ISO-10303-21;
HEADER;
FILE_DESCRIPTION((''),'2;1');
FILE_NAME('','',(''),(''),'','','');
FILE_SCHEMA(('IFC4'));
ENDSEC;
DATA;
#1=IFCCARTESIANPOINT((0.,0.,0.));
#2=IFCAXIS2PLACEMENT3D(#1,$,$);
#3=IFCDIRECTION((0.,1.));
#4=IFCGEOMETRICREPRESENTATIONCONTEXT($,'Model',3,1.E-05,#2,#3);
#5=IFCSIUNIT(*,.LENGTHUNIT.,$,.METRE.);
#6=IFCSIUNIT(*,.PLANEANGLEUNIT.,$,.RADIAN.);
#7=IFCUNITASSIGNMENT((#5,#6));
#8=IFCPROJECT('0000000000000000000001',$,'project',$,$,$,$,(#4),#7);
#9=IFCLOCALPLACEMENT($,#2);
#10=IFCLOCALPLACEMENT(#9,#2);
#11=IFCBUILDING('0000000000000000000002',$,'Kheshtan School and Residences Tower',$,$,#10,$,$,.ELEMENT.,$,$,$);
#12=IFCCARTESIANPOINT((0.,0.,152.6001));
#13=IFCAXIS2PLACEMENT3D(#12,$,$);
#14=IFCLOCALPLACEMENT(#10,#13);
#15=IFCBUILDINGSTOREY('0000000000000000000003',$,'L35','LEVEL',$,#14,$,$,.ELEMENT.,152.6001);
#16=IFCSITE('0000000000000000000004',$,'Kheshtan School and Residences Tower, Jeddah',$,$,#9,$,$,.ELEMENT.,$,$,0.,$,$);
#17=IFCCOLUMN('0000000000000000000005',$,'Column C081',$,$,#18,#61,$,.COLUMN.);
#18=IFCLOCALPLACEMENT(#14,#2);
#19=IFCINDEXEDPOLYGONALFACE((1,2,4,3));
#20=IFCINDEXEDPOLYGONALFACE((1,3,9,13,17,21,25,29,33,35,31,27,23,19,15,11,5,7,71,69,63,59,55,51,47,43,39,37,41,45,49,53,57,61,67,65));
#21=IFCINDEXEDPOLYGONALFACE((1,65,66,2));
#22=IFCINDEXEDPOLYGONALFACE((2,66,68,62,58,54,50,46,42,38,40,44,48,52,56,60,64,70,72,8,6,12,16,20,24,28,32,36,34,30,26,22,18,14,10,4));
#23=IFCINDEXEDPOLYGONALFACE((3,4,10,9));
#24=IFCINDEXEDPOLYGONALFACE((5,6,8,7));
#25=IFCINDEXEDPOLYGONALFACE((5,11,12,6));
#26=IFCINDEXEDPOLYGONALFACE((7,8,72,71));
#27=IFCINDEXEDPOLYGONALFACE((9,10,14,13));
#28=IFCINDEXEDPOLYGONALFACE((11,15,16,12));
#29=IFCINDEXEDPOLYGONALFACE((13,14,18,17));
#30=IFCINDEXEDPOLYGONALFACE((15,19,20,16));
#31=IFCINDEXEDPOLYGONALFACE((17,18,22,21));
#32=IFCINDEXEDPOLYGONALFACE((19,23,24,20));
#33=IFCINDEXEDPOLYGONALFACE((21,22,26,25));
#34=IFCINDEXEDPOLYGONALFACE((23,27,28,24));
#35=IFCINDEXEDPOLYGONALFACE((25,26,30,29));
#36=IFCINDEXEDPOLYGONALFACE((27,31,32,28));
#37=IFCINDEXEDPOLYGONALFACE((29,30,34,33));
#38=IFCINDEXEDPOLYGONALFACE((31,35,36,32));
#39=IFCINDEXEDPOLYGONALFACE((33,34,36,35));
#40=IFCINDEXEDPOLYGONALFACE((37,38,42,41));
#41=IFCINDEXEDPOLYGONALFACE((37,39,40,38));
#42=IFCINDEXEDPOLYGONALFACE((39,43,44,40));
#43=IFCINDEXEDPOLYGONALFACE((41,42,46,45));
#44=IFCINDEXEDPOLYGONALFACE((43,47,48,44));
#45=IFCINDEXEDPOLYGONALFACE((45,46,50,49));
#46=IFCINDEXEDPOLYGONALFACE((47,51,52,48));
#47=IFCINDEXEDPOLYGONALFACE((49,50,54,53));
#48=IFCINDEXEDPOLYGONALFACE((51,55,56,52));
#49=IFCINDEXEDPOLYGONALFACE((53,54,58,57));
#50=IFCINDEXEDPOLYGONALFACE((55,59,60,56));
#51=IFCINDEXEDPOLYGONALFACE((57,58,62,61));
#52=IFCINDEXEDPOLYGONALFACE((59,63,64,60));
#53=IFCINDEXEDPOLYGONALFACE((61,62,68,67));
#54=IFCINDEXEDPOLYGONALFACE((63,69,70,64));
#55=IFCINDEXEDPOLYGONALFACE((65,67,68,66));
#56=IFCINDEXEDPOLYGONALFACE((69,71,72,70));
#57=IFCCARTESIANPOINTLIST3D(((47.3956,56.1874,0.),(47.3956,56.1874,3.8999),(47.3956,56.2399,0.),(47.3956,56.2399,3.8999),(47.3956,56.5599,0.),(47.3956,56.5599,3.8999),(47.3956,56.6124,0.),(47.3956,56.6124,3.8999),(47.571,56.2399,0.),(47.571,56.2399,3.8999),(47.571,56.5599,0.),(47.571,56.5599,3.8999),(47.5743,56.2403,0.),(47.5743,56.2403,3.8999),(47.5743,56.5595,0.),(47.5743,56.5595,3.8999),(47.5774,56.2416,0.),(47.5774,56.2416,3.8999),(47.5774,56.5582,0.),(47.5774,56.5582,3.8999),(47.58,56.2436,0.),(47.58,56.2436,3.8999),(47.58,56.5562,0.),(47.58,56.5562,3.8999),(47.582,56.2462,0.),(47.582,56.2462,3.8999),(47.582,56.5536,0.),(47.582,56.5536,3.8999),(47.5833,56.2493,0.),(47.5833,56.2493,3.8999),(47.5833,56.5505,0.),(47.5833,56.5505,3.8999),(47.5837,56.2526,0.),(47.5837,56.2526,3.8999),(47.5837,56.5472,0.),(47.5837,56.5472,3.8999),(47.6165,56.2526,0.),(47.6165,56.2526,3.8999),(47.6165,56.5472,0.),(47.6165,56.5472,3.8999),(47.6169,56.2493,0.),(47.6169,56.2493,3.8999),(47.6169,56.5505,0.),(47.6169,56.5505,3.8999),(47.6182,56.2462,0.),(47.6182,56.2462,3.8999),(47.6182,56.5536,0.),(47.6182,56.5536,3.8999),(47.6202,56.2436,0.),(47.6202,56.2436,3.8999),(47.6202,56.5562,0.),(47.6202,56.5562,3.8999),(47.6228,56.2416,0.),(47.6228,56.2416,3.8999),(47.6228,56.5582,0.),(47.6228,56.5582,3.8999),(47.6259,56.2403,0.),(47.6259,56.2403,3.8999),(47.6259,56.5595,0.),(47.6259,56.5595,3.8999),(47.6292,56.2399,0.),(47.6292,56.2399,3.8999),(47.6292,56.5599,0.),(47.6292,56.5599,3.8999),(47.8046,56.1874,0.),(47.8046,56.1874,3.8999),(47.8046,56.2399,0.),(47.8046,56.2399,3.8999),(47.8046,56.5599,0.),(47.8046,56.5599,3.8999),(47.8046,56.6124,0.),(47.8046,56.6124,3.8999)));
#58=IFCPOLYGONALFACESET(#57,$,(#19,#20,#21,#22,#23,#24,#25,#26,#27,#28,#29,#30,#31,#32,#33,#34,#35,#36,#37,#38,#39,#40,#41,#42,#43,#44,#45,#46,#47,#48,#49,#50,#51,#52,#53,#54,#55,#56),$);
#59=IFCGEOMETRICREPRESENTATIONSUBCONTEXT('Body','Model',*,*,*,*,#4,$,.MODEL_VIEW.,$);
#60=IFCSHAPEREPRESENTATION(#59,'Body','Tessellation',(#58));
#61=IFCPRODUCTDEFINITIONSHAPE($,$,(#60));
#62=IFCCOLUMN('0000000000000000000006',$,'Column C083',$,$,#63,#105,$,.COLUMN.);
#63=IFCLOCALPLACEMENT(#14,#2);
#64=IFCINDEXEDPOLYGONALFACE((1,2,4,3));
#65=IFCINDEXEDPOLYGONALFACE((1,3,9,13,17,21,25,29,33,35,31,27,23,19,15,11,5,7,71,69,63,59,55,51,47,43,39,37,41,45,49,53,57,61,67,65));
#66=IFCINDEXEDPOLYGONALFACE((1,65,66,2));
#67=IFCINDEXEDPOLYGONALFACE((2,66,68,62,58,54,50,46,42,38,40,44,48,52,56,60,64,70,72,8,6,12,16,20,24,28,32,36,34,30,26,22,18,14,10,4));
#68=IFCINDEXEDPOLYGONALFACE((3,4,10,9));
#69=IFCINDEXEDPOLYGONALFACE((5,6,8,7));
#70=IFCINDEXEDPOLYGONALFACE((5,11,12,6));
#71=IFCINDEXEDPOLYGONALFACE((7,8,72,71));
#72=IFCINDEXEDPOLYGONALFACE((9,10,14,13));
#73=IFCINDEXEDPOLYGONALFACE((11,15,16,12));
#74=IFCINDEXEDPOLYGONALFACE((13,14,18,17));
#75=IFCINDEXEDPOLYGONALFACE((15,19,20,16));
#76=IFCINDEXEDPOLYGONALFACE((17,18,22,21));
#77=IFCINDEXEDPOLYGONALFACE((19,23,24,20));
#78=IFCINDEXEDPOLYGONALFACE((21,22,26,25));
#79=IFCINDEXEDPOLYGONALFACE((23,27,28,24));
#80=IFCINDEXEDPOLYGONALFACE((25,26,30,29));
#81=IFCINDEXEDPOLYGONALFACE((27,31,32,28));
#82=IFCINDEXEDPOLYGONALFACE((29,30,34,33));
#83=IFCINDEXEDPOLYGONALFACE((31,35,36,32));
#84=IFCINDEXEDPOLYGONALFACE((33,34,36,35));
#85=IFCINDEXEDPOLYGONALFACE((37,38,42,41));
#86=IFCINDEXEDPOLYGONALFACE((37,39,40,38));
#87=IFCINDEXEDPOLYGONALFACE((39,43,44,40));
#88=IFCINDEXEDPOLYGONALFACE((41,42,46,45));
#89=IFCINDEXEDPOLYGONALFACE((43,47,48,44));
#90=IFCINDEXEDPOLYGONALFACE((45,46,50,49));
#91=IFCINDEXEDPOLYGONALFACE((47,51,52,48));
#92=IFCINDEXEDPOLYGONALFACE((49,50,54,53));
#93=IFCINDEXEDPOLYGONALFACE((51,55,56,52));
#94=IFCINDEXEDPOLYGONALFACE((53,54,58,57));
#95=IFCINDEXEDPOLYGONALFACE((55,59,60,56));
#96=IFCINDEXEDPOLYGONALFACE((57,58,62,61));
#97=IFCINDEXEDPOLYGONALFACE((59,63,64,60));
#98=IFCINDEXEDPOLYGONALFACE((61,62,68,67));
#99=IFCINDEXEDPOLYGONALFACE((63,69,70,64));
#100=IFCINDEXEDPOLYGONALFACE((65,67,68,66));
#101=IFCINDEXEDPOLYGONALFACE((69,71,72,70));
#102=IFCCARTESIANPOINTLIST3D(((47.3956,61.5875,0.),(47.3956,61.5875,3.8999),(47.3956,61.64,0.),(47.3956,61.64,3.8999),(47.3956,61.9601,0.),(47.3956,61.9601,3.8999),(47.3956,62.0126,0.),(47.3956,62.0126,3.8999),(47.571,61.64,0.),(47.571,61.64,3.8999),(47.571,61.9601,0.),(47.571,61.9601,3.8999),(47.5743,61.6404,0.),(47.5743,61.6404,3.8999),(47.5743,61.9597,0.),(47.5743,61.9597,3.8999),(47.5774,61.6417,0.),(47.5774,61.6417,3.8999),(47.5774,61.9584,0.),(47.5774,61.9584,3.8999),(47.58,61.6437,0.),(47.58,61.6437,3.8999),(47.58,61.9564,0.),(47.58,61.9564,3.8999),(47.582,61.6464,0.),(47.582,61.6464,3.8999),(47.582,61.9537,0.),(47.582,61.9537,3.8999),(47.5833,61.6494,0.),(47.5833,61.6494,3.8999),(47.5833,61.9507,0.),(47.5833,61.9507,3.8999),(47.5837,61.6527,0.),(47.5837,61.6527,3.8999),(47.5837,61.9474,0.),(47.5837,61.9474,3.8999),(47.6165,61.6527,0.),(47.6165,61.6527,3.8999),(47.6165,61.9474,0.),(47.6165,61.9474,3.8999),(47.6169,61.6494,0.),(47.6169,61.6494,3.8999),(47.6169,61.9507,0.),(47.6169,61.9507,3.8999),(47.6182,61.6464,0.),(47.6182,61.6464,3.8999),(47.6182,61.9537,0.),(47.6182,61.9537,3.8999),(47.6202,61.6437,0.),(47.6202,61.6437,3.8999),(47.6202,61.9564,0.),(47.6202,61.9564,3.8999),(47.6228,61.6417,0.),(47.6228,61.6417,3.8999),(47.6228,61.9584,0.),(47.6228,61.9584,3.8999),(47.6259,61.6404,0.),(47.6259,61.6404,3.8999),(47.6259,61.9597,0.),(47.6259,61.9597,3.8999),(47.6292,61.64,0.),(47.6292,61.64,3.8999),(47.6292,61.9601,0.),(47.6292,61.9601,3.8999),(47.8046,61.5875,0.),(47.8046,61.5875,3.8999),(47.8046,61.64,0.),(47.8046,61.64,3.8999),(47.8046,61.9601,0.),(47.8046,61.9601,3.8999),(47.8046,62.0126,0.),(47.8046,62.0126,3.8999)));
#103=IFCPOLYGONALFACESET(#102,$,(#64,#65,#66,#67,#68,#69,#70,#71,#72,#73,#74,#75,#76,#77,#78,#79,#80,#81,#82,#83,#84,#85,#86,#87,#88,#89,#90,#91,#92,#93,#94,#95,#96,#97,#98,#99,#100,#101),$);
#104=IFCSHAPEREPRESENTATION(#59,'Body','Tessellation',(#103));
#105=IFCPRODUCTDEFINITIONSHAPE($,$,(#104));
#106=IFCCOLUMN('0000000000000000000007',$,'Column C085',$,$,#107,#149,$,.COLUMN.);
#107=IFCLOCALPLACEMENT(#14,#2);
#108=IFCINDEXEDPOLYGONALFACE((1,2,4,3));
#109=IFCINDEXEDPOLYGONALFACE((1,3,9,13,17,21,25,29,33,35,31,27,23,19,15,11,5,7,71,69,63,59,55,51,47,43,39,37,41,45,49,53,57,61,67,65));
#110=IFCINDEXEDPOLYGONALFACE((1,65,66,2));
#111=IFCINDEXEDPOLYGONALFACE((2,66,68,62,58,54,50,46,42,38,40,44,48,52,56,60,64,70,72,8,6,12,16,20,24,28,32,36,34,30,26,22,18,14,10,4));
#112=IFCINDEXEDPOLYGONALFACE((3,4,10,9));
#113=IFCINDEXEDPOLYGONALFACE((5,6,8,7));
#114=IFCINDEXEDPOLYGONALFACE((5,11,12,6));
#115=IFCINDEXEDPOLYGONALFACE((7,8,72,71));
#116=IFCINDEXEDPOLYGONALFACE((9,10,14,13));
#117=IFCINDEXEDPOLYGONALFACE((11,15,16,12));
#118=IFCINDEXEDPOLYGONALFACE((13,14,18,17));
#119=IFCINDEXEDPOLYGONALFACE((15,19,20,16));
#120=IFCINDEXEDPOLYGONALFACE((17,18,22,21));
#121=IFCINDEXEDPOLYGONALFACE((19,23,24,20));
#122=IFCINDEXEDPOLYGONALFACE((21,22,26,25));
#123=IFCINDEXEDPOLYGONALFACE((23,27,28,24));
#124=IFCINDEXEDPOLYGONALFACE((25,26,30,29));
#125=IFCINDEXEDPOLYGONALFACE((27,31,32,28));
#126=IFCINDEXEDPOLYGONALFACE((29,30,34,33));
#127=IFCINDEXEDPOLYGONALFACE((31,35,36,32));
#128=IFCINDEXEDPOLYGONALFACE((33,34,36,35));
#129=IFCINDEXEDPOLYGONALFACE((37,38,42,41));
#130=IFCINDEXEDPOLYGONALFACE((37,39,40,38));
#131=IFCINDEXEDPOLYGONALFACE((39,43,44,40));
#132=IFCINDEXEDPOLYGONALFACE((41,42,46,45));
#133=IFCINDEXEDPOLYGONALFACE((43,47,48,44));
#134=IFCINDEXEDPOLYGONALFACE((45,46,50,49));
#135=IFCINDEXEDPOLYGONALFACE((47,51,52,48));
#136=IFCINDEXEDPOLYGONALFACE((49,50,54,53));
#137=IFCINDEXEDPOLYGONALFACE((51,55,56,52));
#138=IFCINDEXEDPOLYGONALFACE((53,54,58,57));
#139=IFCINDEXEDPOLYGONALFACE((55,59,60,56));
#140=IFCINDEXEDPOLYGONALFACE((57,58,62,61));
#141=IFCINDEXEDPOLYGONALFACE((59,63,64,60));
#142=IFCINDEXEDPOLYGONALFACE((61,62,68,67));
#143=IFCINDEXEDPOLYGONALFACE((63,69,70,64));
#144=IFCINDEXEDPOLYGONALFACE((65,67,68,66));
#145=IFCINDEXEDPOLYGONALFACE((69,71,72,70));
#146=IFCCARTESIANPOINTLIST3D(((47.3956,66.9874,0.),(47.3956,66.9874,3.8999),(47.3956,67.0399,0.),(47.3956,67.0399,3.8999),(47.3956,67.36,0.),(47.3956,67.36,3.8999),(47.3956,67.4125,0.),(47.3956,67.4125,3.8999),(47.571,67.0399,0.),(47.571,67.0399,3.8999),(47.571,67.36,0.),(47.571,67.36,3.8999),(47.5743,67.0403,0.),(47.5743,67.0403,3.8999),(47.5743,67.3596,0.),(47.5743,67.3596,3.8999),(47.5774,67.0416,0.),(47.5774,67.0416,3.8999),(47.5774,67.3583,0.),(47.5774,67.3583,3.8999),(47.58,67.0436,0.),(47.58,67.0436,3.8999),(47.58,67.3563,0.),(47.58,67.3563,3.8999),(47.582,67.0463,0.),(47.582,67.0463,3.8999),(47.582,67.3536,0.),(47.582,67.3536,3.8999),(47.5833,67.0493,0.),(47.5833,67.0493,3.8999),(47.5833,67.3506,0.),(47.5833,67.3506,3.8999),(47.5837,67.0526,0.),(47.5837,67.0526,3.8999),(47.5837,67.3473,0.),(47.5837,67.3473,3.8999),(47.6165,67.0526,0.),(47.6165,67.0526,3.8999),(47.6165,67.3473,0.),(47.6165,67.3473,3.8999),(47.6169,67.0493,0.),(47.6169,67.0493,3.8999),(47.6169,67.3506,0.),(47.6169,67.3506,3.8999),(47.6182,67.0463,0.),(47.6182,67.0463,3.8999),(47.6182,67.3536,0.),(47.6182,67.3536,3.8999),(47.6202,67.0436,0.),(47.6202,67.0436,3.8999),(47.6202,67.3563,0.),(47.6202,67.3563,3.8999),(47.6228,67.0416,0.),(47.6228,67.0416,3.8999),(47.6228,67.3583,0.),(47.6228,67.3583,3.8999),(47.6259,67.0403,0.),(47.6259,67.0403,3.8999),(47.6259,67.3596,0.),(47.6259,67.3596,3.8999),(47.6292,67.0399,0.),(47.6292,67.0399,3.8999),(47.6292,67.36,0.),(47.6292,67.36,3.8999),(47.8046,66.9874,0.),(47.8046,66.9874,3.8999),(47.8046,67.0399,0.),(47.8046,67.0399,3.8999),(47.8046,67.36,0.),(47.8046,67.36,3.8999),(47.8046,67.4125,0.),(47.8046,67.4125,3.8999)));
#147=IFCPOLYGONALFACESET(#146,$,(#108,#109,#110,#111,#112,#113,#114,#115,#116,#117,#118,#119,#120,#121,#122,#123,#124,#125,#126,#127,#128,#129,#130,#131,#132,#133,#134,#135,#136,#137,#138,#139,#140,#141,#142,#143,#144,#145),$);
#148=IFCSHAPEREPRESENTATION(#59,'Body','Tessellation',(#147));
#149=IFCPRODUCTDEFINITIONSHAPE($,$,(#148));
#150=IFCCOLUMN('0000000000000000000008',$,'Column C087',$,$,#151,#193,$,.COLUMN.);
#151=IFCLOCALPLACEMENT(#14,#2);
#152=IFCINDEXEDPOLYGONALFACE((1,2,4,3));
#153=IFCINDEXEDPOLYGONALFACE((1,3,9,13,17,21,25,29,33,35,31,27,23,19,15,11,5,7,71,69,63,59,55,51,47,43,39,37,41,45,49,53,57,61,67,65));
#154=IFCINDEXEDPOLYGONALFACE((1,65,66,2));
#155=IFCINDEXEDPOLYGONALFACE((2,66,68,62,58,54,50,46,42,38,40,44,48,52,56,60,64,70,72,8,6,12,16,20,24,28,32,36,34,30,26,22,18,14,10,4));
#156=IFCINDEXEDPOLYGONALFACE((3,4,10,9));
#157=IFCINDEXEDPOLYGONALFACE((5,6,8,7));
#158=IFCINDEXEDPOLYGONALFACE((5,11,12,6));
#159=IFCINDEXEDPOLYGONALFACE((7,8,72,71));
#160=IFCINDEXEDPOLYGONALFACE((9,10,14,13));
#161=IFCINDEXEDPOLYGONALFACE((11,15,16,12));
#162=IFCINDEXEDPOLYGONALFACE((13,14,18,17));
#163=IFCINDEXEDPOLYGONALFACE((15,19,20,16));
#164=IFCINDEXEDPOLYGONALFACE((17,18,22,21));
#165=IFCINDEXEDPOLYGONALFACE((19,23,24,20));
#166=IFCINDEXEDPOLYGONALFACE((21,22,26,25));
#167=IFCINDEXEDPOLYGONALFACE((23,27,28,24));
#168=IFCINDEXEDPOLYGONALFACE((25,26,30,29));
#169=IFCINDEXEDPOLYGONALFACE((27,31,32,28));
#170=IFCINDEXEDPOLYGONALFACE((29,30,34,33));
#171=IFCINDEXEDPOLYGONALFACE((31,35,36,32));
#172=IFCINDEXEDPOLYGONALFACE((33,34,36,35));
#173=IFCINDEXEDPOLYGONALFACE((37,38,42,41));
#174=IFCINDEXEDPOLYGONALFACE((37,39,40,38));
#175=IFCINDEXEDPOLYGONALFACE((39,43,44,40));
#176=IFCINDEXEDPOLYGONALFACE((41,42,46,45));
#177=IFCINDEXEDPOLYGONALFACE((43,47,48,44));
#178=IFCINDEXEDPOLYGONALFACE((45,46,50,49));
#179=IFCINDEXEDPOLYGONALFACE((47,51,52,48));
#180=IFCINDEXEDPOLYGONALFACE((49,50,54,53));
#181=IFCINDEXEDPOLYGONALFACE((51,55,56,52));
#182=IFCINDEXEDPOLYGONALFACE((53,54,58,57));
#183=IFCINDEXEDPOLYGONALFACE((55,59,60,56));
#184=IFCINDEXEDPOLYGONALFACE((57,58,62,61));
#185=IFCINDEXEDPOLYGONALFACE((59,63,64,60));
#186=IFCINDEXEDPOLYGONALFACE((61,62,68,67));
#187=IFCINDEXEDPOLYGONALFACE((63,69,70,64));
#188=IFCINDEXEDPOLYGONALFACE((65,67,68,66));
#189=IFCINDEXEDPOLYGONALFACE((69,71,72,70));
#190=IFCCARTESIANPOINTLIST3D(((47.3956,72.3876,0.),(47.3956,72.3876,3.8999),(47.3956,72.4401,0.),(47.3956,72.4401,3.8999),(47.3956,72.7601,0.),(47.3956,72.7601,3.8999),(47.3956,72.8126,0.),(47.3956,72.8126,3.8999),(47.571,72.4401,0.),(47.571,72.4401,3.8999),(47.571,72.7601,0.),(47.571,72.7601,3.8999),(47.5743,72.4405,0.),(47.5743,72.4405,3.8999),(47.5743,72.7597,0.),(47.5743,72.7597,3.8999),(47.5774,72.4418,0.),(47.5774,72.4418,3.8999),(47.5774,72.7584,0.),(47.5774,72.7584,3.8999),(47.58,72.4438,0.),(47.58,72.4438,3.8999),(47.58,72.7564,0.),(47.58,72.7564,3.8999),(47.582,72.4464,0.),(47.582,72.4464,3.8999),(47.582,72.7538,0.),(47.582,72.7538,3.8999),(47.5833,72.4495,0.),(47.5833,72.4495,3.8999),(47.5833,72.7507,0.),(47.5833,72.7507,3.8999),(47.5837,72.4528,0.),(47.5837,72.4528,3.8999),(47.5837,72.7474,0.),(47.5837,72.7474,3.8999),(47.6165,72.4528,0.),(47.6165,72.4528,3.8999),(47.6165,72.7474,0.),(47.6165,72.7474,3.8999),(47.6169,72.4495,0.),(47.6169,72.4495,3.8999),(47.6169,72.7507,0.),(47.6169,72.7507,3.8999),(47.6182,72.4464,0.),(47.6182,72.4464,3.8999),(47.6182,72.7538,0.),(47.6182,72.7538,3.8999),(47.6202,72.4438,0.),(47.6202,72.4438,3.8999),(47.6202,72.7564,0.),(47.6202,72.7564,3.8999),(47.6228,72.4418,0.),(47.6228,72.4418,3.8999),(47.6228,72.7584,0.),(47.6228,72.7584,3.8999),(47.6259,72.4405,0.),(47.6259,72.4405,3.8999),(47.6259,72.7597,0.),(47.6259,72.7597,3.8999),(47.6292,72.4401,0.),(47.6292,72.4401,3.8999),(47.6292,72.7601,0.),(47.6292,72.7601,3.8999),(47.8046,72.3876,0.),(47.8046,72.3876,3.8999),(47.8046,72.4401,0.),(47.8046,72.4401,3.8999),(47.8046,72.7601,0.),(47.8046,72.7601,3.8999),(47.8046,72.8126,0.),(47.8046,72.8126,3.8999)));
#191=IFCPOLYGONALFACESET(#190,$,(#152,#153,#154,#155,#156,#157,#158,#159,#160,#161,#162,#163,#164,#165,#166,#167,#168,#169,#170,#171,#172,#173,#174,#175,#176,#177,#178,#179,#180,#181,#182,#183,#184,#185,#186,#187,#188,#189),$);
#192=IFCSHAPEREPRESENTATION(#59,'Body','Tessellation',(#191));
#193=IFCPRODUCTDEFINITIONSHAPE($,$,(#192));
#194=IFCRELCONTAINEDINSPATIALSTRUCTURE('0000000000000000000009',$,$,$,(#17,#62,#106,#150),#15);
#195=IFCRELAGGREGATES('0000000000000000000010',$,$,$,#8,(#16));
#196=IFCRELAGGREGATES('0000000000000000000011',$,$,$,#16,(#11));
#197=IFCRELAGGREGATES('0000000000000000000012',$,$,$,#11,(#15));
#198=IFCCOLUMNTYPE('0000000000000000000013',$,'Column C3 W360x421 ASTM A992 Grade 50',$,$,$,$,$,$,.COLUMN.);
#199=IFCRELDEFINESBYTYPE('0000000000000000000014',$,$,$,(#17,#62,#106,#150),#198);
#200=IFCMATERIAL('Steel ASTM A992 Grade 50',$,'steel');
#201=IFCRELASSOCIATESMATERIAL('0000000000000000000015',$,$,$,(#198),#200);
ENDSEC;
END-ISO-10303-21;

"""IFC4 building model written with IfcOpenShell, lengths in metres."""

from ifc_helpers import new_model, si_unit, direction, frame, origin, origin_2d, place, context, subcontext, project, spatial, i_section, extrude, material, material_profile, profile_set, type_object, element, save


model = new_model("IFC4")

# Units and contexts
model_context = context("Model", 3, precision=1e-05, world=origin(), true_north=direction((0.0, 1.0)))
body_context = subcontext(model_context, "Body", "Model", "MODEL_VIEW")
ifc_project = project(units=[si_unit("LENGTHUNIT", "METRE"), si_unit("PLANEANGLEUNIT", "RADIAN")], contexts=[model_context])

# Site, building, storey
site_placement = place(None, origin())
site = spatial("IfcSite", under=ifc_project, at=site_placement, Name="Kheshtan School and Residences Tower, Jeddah", CompositionType="ELEMENT", RefElevation=0.0)
building_placement = place(site_placement, origin())
building = spatial("IfcBuilding", under=site, at=building_placement, Name="Kheshtan School and Residences Tower", CompositionType="ELEMENT")
storey_placement = place(building_placement, frame((0.0, 0.0, 152.6001)))
storey = spatial("IfcBuildingStorey", under=building, at=storey_placement, Name="L35", Description="LEVEL", CompositionType="ELEMENT", Elevation=152.6001)

# Columns
ifc_material_1 = material(Name="Steel ASTM A992 Grade 50", Category="steel")
ifc_material_profile_1 = material_profile(ifc_material_1, i_section(OverallWidth=0.4089, OverallDepth=0.425, WebThickness=0.0327, FlangeThickness=0.0525, FilletRadius=0.0127, at=origin_2d()), Name="W360x421")
ifc_profile_set_1 = profile_set([ifc_material_profile_1], Name="Steel ASTM A992 Grade 50")
column_type = type_object("IfcColumnType", Name="Column C3 W360x421 ASTM A992 Grade 50", PredefinedType="COLUMN", material=ifc_profile_set_1)
for number, where, z_axis, x_axis, name in (
    (1, (47.6001, 56.3999, 0.0), (0.0, 0.0, 1.0), (1.0, 0.0, 0.0), "Column C081"),
    (2, (47.6001, 61.8, 0.0), (0.0, 0.0, 1.0), (1.0, 0.0, 0.0), "Column C083"),
    (3, (47.6001, 67.2, 0.0), (0.0, 0.0, 1.0), (1.0, 0.0, 0.0), "Column C085"),
    (4, (47.6001, 72.6001, 0.0), (0.0, 0.0, 1.0), (1.0, 0.0, 0.0), "Column C087"),
):
    element("IfcColumn", number, at=place(storey_placement, frame(where, z_axis=z_axis, x_axis=x_axis)), inside=storey, type_object=column_type, Name=name, PredefinedType="COLUMN", context=body_context, shape_type="SweptSolid", body=[
        extrude(i_section(OverallWidth=0.4089, OverallDepth=0.425, WebThickness=0.0327, FlangeThickness=0.0525, FilletRadius=0.0127, at=origin_2d()), origin(), (0.0, 0.0, 1.0), 3.8999),
    ])

save(model, "model.ifc")
